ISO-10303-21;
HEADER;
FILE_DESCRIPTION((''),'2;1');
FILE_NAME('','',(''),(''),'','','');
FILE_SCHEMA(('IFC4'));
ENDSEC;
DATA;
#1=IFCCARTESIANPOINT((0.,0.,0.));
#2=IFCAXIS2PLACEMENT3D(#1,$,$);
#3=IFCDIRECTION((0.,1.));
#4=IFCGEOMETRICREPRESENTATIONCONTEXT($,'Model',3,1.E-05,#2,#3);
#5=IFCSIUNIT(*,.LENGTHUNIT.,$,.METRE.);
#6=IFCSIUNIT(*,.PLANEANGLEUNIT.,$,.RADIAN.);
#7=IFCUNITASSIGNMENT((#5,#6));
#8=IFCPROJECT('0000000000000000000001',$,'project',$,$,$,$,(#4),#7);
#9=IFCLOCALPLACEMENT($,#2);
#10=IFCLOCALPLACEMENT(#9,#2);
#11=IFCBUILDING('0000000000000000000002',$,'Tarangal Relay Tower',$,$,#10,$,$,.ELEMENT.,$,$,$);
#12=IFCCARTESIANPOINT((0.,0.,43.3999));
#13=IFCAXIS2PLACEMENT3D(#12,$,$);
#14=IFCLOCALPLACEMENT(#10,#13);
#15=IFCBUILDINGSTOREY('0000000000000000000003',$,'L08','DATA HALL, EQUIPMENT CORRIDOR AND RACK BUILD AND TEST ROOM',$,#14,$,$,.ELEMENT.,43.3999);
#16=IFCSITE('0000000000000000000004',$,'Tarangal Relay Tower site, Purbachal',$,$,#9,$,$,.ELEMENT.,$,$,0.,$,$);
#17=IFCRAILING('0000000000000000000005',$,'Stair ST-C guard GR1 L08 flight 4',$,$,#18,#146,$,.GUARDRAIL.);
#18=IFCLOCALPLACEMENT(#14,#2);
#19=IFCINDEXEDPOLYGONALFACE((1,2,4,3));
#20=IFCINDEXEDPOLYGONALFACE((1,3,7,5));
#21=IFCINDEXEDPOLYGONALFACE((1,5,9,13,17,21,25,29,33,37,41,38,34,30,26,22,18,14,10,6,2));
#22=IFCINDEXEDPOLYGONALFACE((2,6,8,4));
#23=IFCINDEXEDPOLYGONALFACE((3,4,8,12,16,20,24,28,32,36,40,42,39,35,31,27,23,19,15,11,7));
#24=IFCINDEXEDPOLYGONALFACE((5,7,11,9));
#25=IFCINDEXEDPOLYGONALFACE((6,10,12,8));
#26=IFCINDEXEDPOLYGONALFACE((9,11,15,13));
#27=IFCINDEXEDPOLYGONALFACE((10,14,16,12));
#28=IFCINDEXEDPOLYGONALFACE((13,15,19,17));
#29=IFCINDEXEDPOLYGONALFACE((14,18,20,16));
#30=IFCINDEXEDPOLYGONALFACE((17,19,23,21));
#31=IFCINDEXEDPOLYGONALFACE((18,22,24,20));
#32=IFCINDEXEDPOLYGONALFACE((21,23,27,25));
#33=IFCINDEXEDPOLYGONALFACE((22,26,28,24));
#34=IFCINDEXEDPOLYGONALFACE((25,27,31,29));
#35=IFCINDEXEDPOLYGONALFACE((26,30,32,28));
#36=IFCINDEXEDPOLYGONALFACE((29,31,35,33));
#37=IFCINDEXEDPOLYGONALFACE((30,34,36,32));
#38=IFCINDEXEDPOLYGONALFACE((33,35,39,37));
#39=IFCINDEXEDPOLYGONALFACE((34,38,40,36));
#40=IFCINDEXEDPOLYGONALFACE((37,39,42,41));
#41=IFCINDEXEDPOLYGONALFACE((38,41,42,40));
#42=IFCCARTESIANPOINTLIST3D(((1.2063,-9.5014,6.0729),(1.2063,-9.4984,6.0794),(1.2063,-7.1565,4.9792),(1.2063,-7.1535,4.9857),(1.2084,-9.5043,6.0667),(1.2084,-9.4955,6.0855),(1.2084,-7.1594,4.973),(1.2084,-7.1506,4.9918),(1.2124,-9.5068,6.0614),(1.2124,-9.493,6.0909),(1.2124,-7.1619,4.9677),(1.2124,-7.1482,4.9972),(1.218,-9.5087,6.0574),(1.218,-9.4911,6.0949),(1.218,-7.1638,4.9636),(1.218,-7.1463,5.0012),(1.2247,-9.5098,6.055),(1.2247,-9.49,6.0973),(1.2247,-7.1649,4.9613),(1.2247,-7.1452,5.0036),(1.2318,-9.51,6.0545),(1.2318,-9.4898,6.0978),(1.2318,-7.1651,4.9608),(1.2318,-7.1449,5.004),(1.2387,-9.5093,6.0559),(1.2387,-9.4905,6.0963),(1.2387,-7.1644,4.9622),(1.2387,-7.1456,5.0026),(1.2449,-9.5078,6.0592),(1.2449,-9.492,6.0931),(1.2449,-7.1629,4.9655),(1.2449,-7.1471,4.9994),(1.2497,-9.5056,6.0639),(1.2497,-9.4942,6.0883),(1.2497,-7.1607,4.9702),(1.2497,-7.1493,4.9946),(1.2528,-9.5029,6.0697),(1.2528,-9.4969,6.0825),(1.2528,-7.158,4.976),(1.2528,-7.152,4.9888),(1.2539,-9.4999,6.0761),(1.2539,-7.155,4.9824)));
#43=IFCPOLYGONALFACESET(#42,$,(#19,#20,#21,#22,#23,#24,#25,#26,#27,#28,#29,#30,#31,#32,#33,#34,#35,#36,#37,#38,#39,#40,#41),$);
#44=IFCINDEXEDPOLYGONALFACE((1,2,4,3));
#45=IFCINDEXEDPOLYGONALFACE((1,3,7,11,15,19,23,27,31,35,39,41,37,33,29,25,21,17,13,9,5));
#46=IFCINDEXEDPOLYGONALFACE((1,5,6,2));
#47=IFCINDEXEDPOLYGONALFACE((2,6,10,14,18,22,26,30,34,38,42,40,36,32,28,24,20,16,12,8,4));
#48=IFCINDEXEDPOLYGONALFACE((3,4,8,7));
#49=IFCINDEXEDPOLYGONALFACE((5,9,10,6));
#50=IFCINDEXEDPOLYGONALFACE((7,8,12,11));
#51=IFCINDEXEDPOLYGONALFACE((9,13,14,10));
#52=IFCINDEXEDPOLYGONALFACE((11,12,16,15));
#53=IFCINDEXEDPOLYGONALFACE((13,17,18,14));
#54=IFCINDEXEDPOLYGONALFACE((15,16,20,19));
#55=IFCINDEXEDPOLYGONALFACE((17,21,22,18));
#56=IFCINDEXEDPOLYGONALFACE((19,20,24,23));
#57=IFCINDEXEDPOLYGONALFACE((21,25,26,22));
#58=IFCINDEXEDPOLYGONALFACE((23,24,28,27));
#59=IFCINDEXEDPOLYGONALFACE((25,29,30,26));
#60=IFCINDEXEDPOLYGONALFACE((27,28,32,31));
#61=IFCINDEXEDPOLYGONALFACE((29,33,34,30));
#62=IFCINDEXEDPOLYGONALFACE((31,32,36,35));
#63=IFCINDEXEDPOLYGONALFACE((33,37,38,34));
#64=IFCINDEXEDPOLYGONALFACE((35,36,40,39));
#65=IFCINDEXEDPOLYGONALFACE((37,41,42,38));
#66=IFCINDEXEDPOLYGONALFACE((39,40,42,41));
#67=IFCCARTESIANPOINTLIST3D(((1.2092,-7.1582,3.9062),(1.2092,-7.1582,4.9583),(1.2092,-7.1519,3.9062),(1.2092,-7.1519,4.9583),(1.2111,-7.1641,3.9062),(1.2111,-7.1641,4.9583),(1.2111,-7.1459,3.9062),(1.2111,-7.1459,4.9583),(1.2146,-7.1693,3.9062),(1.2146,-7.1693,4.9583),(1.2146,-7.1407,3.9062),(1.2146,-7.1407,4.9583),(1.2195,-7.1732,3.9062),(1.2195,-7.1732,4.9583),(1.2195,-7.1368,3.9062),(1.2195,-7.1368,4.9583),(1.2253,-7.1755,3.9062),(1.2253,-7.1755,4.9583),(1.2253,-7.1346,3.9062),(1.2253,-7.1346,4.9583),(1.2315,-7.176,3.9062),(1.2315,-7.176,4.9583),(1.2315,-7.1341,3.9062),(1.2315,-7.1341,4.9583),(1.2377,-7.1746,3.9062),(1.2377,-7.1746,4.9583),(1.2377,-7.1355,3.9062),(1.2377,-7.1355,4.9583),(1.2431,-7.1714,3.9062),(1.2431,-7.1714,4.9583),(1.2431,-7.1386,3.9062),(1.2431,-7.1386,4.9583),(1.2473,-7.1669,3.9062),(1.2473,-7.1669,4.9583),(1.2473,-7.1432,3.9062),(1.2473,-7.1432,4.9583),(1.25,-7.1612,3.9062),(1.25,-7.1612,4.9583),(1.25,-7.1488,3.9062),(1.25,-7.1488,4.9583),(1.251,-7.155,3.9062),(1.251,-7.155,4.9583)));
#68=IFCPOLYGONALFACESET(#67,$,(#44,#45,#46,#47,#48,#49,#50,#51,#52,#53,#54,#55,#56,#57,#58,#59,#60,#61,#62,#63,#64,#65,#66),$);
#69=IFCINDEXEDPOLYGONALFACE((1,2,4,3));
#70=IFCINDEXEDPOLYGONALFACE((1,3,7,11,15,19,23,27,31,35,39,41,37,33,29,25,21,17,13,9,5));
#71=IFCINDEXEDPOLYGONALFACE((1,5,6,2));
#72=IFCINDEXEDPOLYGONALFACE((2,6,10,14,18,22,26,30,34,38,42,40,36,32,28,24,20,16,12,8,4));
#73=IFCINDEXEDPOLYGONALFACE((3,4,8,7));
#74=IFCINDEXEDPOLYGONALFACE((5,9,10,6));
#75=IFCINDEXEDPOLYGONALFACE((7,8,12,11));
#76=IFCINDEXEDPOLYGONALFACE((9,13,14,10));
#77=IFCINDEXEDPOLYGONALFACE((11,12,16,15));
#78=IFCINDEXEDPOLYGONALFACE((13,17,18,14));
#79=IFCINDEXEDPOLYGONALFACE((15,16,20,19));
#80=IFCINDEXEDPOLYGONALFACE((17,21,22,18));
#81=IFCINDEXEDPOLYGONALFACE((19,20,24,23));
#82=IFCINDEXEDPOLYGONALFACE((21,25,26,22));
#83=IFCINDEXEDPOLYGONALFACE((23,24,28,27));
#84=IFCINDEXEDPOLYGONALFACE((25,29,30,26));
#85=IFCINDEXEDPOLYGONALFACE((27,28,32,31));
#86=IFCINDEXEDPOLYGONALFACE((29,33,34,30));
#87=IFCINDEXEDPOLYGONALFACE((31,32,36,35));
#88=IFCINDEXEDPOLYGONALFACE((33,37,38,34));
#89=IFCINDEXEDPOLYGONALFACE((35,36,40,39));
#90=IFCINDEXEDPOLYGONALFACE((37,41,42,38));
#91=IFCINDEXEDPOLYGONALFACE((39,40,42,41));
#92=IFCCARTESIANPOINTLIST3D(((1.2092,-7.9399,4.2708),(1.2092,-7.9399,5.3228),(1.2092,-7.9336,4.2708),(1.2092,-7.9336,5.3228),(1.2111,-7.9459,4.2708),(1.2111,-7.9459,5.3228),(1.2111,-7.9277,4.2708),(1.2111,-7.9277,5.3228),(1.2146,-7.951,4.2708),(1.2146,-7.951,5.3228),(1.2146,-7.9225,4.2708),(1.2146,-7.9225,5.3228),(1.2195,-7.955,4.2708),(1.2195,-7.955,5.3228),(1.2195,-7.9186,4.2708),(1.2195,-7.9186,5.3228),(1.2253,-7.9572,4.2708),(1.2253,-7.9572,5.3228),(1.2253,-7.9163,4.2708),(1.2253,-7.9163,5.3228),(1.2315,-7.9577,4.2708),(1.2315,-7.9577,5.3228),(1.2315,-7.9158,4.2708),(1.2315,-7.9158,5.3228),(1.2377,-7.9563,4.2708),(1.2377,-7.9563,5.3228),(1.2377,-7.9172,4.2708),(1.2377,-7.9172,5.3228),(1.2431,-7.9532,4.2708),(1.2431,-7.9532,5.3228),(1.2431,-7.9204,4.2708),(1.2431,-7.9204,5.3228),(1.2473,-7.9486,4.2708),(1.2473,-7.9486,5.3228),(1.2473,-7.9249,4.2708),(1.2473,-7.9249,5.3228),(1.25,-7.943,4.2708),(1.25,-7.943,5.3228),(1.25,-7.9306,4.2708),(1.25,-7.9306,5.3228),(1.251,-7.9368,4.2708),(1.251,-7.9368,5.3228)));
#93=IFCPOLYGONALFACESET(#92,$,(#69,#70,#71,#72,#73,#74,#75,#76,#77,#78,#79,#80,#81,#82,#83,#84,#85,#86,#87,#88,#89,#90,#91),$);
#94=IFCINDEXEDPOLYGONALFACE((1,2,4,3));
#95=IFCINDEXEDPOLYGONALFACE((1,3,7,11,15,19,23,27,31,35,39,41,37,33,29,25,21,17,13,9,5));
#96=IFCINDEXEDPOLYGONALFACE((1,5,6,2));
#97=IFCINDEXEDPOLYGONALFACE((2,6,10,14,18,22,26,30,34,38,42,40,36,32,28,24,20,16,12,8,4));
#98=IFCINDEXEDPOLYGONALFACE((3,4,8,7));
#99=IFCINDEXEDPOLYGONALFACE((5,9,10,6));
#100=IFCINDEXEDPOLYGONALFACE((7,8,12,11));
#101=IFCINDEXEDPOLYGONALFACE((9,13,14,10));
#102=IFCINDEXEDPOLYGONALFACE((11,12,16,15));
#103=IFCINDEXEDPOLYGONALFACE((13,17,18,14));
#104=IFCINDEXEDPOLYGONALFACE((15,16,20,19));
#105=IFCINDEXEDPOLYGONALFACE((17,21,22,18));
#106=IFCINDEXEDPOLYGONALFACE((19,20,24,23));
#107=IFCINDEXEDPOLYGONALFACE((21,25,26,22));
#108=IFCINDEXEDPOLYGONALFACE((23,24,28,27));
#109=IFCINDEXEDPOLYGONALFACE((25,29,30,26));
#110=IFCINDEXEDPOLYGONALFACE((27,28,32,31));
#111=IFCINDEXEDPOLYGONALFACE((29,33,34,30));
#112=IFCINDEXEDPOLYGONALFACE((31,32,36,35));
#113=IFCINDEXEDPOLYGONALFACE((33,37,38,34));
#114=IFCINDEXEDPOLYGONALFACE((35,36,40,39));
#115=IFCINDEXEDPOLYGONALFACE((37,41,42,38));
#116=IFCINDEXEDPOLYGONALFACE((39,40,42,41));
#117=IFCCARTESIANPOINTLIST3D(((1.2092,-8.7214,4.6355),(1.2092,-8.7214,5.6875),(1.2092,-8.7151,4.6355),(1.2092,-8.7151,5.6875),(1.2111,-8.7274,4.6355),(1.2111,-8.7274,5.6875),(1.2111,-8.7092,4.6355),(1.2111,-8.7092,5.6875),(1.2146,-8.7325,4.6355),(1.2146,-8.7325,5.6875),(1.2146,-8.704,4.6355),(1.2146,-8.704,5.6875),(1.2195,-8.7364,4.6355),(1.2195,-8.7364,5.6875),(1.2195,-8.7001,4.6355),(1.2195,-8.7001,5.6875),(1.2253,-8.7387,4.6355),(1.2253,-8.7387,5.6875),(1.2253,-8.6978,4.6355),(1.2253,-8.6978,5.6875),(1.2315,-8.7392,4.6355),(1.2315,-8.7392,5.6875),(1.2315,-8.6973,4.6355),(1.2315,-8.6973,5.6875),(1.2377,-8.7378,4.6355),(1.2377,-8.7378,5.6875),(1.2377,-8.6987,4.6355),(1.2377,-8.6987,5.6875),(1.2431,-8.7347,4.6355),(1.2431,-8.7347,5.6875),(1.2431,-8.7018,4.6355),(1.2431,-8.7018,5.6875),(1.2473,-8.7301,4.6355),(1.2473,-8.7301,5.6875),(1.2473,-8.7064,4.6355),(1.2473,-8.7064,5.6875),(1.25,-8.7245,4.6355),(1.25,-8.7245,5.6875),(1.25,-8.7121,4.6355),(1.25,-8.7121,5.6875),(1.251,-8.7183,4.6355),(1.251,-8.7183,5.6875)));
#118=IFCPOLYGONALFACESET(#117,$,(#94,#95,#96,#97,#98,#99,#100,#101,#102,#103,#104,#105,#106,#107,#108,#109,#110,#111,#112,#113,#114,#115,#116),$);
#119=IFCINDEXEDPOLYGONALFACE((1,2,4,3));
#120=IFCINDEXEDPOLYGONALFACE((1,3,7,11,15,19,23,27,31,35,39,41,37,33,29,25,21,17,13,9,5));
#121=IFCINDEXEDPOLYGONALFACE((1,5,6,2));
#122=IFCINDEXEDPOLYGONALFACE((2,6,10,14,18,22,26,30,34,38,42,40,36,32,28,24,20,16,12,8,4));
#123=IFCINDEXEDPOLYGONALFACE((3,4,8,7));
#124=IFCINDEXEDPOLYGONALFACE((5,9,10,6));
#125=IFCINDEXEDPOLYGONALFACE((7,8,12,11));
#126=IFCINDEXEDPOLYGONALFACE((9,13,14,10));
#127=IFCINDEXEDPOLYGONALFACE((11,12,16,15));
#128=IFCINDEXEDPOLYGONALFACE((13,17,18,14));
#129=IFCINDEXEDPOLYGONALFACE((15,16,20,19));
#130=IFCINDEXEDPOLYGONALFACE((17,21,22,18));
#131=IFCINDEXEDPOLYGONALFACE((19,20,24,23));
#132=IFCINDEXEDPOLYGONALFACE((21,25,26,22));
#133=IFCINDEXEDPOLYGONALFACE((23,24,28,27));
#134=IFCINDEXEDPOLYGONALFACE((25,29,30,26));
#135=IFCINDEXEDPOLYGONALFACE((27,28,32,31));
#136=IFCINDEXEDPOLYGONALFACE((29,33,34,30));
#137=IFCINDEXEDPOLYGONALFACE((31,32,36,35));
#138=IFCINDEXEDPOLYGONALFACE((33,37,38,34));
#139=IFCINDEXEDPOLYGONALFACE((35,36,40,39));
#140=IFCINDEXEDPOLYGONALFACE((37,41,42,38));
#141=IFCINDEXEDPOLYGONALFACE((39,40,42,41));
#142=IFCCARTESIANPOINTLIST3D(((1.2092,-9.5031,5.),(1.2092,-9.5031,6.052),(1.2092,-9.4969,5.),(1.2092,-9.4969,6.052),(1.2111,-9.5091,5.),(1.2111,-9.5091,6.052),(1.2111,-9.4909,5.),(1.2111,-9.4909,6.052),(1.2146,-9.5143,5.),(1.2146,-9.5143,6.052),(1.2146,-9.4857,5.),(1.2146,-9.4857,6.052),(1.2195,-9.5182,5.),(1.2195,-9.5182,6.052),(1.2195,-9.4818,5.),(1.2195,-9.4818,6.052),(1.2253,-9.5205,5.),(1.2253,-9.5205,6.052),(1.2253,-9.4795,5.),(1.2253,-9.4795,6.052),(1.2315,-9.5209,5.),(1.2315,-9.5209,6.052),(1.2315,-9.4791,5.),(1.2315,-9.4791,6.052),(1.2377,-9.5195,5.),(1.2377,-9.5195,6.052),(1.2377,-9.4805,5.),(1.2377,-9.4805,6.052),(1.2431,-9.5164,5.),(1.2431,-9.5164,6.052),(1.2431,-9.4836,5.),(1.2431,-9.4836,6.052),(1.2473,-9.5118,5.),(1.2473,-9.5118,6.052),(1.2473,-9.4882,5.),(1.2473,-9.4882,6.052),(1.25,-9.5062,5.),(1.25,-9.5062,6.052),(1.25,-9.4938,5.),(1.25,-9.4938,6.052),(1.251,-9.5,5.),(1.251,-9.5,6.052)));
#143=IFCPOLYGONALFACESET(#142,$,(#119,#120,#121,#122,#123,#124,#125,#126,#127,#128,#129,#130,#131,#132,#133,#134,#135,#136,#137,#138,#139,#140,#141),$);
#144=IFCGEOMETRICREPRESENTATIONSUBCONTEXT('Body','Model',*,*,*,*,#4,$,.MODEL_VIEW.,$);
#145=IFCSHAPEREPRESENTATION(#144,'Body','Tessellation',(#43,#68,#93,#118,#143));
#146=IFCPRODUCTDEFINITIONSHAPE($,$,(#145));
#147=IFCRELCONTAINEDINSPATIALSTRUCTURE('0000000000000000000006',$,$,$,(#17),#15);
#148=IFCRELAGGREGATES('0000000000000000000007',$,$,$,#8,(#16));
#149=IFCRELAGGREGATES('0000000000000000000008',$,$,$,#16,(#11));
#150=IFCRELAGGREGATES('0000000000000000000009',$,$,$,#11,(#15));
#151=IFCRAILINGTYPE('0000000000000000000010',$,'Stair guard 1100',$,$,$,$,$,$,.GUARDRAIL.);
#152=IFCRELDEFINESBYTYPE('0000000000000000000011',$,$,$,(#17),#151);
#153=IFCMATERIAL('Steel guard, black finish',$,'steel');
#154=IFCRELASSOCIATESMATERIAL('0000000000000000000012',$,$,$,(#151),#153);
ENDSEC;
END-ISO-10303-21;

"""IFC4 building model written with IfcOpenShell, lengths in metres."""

from ifc_helpers import new_model, si_unit, direction, frame, origin, origin_2d, place, context, subcontext, project, spatial, circle, extrude, material, type_object, element, save


model = new_model("IFC4")

# Units and contexts
model_context = context("Model", 3, precision=1e-05, world=origin(), true_north=direction((0.0, 1.0)))
body_context = subcontext(model_context, "Body", "Model", "MODEL_VIEW")
ifc_project = project(units=[si_unit("LENGTHUNIT", "METRE"), si_unit("PLANEANGLEUNIT", "RADIAN")], contexts=[model_context])

# Site, building, storey
site_placement = place(None, origin())
site = spatial("IfcSite", under=ifc_project, at=site_placement, Name="Tarangal Relay Tower site, Purbachal", CompositionType="ELEMENT", RefElevation=0.0)
building_placement = place(site_placement, origin())
building = spatial("IfcBuilding", under=site, at=building_placement, Name="Tarangal Relay Tower", CompositionType="ELEMENT")
storey_placement = place(building_placement, frame((0.0, 0.0, 43.3999)))
storey = spatial("IfcBuildingStorey", under=building, at=storey_placement, Name="L08", Description="DATA HALL, EQUIPMENT CORRIDOR AND RACK BUILD AND TEST ROOM", CompositionType="ELEMENT", Elevation=43.3999)

# Railing
ifc_material_1 = material(Name="Steel guard, black finish", Category="steel")
railing_type_1 = type_object("IfcRailingType", Name="Stair guard 1100", PredefinedType="GUARDRAIL", material=ifc_material_1)
for number, where, name in (
    (1, (1.23, -7.155, 3.9062), "Stair ST-C guard GR1 L08 flight 4"),
):
    element("IfcRailing", number, at=place(storey_placement, frame(where)), inside=storey, type_object=railing_type_1, Name=name, PredefinedType="GUARDRAIL", context=body_context, shape_type="SweptSolid", body=[
        extrude(circle(Radius=0.0239, at=origin_2d()), frame((0.0, 0.0, 1.0762), z_axis=(0.0, -0.906267, 0.422705), x_axis=(1.0, 0.0, 0.0)), (0.0, 0.0, 1.0), 2.5874),
        extrude(circle(Radius=0.021, at=origin_2d()), origin(), (0.0, 0.0, 1.0), 1.052),
        extrude(circle(Radius=0.021, at=origin_2d()), frame((0.0, -0.7817, 0.3645)), (0.0, 0.0, 1.0), 1.052),
        extrude(circle(Radius=0.021, at=origin_2d()), frame((0.0, -1.5632, 0.7292)), (0.0, 0.0, 1.0), 1.052),
        extrude(circle(Radius=0.021, at=origin_2d()), frame((0.0, -2.345, 1.0938)), (0.0, 0.0, 1.0), 1.052),
    ])

save(model, "model.ifc")
